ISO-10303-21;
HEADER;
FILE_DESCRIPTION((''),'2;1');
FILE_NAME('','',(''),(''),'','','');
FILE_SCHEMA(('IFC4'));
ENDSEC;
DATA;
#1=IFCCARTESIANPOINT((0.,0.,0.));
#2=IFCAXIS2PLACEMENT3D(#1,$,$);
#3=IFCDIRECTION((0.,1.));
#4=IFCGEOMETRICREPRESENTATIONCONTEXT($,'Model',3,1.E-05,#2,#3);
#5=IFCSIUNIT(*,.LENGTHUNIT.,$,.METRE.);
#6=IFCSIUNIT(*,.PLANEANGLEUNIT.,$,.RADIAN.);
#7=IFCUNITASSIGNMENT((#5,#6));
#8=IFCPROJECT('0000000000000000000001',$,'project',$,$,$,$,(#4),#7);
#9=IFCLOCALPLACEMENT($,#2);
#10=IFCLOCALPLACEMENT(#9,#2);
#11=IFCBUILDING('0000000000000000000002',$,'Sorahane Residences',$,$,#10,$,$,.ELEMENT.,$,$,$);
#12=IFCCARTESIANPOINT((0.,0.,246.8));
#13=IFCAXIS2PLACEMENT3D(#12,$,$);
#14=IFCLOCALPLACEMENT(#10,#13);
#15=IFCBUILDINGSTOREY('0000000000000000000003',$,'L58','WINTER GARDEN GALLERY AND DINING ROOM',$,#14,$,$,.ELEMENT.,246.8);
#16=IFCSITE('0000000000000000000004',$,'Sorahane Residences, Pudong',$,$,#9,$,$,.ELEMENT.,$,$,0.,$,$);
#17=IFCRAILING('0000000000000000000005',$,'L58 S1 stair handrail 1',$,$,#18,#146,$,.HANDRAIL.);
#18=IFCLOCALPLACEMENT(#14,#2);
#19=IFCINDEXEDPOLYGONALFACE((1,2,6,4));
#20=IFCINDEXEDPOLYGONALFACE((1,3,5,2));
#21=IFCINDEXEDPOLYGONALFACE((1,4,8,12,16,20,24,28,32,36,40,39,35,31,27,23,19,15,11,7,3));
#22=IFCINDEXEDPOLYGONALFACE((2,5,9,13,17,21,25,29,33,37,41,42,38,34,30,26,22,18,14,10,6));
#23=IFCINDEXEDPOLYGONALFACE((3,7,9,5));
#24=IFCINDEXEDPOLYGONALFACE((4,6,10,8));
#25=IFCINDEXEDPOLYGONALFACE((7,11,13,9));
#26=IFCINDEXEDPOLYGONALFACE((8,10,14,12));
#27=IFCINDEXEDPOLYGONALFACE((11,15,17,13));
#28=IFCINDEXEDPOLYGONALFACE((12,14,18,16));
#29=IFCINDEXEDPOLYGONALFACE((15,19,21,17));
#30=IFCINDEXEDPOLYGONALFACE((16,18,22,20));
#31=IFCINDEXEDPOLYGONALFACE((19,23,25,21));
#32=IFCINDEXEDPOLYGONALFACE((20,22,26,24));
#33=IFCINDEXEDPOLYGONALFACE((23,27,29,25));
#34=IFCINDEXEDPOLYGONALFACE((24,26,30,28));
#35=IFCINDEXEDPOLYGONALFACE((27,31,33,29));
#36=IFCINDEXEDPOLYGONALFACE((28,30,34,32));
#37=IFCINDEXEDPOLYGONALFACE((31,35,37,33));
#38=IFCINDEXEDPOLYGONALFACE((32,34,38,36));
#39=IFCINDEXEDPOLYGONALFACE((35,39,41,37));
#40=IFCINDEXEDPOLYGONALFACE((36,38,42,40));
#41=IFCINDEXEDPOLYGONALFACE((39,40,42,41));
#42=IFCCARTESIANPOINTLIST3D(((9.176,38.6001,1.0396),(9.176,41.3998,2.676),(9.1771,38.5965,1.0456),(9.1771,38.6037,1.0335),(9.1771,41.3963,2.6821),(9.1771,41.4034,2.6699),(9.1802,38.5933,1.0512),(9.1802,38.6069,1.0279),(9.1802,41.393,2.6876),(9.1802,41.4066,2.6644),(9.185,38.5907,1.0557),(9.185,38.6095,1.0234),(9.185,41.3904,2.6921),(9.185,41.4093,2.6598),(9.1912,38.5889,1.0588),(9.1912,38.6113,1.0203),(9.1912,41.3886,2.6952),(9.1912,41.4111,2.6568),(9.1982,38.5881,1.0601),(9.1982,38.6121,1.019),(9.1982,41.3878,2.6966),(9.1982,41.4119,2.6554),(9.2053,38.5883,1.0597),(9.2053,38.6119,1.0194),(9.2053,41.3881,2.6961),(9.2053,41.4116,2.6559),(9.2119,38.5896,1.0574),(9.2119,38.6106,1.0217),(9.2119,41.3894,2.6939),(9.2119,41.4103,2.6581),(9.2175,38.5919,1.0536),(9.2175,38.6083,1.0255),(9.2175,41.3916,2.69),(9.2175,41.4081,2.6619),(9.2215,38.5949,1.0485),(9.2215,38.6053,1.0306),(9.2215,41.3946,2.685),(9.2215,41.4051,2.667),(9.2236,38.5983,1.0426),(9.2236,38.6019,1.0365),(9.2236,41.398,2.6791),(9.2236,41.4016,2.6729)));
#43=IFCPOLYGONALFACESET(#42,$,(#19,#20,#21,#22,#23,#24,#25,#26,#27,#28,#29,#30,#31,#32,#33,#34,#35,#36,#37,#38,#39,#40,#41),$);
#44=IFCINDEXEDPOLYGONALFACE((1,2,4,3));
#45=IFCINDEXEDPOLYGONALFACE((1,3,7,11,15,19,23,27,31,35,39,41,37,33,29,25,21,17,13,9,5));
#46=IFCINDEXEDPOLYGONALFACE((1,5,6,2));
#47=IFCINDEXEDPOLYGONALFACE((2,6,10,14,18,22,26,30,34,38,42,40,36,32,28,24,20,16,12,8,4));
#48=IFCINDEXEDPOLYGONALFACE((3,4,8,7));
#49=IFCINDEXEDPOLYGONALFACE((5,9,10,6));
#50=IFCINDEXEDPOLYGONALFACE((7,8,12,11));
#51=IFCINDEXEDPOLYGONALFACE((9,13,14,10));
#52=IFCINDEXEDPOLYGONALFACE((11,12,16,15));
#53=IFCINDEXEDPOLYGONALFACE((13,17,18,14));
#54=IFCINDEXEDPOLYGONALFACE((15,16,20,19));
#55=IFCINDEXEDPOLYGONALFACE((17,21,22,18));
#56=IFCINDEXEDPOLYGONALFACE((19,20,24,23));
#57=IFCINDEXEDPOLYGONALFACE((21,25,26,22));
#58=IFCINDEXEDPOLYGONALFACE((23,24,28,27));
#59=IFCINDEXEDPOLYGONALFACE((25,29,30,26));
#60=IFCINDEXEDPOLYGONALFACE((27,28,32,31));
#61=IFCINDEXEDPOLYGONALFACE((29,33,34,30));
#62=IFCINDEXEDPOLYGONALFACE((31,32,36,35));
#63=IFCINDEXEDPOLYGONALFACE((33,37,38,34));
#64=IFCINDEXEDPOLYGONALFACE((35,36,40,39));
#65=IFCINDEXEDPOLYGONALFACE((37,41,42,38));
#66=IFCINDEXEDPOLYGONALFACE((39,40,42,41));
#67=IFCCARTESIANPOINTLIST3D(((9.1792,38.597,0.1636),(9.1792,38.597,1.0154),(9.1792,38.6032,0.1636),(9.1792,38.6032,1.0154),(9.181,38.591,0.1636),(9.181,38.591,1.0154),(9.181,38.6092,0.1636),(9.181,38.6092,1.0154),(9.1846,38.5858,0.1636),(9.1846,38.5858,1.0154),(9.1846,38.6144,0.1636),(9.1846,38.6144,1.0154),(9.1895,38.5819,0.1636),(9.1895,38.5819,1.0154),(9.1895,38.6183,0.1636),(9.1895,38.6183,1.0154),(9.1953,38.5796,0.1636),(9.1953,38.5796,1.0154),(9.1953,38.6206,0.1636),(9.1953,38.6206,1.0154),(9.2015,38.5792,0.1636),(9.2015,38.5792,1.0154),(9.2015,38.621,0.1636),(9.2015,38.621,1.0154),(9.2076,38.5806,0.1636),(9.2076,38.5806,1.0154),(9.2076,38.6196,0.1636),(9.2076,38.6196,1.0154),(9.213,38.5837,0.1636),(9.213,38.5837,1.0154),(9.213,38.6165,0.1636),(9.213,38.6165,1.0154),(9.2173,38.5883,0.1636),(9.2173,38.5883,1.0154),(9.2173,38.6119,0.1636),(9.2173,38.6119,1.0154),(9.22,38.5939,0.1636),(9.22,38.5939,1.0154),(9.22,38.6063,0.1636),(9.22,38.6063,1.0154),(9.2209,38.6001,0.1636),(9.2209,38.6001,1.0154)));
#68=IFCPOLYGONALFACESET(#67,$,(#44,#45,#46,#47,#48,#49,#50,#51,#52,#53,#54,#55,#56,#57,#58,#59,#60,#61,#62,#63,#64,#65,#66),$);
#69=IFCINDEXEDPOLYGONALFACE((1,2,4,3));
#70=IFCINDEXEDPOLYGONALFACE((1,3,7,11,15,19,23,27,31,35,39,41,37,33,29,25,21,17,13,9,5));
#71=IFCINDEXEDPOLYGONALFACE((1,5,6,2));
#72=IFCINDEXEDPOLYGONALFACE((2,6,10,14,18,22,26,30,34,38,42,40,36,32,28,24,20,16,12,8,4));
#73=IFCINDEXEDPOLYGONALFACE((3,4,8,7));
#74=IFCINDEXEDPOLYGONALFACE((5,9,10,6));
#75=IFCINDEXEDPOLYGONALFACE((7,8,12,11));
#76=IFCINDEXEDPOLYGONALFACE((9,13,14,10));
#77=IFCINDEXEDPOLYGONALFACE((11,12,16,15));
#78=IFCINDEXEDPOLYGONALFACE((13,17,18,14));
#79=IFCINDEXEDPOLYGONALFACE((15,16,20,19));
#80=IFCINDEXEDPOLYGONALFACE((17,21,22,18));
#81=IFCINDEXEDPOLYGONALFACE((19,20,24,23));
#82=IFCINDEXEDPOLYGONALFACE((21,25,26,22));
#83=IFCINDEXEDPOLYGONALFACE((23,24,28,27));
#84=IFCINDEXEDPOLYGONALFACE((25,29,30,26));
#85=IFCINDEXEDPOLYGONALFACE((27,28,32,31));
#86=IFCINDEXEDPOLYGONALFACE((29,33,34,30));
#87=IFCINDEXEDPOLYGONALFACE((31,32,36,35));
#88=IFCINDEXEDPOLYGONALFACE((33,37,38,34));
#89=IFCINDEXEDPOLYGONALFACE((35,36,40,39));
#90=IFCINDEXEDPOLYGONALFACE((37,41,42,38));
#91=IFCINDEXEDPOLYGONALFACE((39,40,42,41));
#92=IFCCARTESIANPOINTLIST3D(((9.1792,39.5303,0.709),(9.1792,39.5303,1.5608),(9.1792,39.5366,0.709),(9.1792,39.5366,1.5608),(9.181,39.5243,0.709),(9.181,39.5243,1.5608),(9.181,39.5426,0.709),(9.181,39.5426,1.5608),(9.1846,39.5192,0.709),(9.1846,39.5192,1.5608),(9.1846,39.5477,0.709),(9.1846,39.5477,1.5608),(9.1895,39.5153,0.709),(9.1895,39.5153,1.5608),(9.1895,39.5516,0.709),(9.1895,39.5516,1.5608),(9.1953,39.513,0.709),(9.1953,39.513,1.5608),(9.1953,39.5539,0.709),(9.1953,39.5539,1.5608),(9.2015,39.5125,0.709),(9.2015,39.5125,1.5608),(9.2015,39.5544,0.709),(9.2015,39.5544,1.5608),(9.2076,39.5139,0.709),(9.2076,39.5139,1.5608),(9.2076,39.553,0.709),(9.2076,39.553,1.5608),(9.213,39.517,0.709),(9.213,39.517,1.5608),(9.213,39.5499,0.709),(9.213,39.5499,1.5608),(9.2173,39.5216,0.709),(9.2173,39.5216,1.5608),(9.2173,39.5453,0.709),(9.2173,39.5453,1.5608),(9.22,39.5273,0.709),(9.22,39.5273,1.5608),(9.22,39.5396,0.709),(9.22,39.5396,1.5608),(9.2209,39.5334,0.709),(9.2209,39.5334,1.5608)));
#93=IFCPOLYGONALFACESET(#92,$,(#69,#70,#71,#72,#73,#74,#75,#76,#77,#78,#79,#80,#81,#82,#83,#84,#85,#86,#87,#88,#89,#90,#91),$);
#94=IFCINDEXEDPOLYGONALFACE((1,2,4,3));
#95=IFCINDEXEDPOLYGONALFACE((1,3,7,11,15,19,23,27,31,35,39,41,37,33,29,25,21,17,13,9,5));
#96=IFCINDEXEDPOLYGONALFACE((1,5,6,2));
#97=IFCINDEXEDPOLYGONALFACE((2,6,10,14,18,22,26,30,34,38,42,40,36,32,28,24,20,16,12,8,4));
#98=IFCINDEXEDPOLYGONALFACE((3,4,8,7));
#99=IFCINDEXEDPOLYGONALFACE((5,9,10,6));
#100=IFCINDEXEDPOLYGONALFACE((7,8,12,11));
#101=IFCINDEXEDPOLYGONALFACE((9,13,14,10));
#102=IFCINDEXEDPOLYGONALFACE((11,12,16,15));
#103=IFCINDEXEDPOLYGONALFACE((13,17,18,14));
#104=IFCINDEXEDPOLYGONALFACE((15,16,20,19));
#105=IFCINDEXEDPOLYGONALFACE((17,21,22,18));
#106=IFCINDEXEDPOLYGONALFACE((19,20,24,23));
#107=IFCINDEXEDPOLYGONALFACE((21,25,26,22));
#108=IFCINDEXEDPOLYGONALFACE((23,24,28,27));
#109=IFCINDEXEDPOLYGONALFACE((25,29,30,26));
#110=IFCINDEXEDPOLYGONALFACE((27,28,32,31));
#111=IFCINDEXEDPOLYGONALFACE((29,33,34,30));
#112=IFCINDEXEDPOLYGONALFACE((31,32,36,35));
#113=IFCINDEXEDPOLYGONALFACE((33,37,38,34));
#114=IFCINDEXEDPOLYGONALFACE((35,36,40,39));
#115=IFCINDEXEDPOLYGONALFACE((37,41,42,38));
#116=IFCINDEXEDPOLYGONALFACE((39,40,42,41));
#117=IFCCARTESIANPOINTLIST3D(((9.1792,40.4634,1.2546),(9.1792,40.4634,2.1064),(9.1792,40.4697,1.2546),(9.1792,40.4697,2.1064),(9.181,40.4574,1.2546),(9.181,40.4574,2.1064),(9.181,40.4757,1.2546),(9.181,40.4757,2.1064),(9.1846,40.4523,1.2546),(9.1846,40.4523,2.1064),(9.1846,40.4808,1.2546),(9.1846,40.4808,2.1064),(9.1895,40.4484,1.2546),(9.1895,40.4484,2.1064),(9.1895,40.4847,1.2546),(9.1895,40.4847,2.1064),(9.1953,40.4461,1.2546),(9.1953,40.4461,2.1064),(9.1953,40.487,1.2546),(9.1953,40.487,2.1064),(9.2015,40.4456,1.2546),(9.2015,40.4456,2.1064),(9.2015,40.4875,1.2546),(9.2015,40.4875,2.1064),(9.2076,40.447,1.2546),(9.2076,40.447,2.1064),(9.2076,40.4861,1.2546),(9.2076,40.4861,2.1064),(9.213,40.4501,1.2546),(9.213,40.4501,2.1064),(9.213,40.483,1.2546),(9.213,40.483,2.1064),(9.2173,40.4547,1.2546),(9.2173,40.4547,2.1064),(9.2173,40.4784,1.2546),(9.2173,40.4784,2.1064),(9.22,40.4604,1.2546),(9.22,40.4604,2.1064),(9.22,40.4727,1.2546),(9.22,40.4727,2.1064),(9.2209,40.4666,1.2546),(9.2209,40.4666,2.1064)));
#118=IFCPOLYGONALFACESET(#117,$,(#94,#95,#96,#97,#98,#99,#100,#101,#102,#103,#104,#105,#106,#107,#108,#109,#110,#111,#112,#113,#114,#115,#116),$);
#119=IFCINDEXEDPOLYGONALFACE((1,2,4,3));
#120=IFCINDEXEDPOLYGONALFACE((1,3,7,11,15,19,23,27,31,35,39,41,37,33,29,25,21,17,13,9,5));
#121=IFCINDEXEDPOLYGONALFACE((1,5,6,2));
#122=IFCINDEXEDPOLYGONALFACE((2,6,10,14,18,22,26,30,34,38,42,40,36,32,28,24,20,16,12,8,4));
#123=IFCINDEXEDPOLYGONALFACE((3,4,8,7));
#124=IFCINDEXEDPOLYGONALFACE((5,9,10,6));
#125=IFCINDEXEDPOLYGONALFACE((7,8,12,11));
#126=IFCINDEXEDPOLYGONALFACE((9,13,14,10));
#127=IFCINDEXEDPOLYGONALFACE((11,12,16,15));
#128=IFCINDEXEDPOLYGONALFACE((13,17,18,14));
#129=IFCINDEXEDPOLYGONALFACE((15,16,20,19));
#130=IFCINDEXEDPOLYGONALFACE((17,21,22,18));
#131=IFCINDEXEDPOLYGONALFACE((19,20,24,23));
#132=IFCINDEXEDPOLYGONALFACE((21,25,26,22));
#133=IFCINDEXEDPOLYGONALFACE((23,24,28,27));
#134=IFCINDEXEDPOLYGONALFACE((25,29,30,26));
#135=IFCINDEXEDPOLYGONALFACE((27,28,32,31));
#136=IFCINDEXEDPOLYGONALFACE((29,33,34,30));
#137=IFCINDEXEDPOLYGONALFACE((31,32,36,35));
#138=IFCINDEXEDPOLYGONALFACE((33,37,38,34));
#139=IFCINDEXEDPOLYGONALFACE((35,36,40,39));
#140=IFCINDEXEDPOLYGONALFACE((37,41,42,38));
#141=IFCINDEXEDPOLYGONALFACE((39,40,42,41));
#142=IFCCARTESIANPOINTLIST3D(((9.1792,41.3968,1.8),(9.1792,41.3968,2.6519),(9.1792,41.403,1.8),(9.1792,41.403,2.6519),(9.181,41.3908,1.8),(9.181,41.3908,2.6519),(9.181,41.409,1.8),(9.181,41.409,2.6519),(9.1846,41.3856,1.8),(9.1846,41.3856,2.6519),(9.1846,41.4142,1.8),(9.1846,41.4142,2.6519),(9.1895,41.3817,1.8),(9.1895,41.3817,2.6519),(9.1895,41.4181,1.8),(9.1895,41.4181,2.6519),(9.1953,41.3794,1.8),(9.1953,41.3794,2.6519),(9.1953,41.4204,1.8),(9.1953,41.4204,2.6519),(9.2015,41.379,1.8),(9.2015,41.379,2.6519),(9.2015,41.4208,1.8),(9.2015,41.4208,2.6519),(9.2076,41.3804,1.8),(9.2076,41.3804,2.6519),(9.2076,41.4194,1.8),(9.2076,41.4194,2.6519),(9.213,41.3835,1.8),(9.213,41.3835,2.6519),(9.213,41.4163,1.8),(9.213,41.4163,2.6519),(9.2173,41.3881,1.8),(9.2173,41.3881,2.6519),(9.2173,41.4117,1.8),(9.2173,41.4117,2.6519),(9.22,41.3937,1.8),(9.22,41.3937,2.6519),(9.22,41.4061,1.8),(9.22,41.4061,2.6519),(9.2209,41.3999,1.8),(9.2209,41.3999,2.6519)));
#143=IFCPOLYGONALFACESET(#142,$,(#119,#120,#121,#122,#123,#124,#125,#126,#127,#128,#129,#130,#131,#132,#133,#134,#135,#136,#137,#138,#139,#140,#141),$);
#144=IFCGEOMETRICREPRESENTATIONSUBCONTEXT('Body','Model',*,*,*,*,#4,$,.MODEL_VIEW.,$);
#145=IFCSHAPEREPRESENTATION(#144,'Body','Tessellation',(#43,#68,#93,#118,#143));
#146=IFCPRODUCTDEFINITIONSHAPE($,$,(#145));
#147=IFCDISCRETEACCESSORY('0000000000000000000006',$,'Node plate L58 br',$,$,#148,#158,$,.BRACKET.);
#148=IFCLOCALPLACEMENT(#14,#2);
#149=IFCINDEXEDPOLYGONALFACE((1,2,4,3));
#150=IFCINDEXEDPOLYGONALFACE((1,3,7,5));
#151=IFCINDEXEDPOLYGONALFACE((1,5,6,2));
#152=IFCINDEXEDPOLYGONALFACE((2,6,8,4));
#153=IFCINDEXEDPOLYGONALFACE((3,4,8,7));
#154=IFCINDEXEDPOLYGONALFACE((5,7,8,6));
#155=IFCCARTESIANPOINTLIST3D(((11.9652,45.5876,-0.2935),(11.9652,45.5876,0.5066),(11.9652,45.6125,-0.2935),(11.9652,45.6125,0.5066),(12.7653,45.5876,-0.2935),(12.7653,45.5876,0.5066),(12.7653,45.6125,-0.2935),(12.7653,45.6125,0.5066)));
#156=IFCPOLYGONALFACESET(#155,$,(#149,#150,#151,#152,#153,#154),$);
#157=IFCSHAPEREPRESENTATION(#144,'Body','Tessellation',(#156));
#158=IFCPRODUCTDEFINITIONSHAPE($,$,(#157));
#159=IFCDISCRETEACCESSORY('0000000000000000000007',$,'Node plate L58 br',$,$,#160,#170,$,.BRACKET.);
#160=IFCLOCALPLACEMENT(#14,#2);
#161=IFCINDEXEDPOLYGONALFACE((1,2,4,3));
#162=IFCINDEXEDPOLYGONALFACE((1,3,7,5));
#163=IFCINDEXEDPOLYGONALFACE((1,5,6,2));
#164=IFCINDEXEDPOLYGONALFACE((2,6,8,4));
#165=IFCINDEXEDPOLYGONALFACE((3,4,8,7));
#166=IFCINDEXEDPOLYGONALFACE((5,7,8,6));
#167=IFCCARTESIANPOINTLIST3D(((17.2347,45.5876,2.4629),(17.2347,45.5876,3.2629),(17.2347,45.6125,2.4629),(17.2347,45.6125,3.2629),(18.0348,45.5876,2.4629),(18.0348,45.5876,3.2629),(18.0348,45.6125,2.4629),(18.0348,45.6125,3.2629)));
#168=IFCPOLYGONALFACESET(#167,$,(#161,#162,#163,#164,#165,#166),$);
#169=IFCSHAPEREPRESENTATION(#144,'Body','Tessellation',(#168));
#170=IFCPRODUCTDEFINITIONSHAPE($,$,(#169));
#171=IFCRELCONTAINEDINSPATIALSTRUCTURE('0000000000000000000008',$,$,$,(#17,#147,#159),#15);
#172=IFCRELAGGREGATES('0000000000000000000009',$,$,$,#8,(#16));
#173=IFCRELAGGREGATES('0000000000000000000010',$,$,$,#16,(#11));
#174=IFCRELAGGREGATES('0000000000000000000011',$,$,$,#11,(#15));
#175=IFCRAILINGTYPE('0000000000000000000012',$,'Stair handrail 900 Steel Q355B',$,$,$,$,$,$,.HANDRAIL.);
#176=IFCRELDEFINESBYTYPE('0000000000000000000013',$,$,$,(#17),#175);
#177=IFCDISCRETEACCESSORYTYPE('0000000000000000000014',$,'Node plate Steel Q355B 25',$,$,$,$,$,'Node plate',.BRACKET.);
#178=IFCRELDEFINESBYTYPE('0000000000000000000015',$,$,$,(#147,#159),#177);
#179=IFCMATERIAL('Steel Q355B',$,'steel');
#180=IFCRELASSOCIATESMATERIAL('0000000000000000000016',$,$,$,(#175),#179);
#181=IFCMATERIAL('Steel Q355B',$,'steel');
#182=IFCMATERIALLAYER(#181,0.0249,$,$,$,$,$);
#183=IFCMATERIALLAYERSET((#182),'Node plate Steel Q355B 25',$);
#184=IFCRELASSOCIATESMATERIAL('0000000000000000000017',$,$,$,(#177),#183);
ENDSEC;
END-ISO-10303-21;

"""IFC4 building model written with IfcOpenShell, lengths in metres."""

from ifc_helpers import new_model, si_unit, direction, frame, origin, origin_2d, place, context, subcontext, project, spatial, rectangle, circle, extrude, material, layer, layer_set, type_object, element, save


model = new_model("IFC4")

# Units and contexts
model_context = context("Model", 3, precision=1e-05, world=origin(), true_north=direction((0.0, 1.0)))
body_context = subcontext(model_context, "Body", "Model", "MODEL_VIEW")
ifc_project = project(units=[si_unit("LENGTHUNIT", "METRE"), si_unit("PLANEANGLEUNIT", "RADIAN")], contexts=[model_context])

# Site, building, storey
site_placement = place(None, origin())
site = spatial("IfcSite", under=ifc_project, at=site_placement, Name="Sorahane Residences, Pudong", CompositionType="ELEMENT", RefElevation=0.0)
building_placement = place(site_placement, origin())
building = spatial("IfcBuilding", under=site, at=building_placement, Name="Sorahane Residences", CompositionType="ELEMENT")
storey_placement = place(building_placement, frame((0.0, 0.0, 246.8)))
storey = spatial("IfcBuildingStorey", under=building, at=storey_placement, Name="L58", Description="WINTER GARDEN GALLERY AND DINING ROOM", CompositionType="ELEMENT", Elevation=246.8)

# Railing
ifc_material_1 = material(Name="Steel Q355B", Category="steel")
railing_type = type_object("IfcRailingType", Name="Stair handrail 900 Steel Q355B", PredefinedType="HANDRAIL", material=ifc_material_1)
railing_placement = place(storey_placement, frame((9.2, 38.6001, 0.1636)))
element("IfcRailing", 1, at=railing_placement, inside=storey, type_object=railing_type, Name="L58 S1 stair handrail 1", PredefinedType="HANDRAIL", context=body_context, shape_type="SweptSolid", body=[
    extrude(circle(Radius=0.0239, at=origin_2d()), frame((0.0, 0.0, 0.876), z_axis=(0.0, 0.863342, 0.50462), x_axis=(-1.0, 0.0, 0.0)), (0.0, 0.0, 1.0), 3.2429),
    extrude(circle(Radius=0.021, at=origin_2d()), origin(), (0.0, 0.0, 1.0), 0.8518),
    extrude(circle(Radius=0.021, at=origin_2d()), frame((0.0, 0.9333, 0.5454)), (0.0, 0.0, 1.0), 0.8518),
    extrude(circle(Radius=0.021, at=origin_2d()), frame((0.0, 1.8665, 1.0911)), (0.0, 0.0, 1.0), 0.8518),
    extrude(circle(Radius=0.021, at=origin_2d()), frame((0.0, 2.7998, 1.6365)), (0.0, 0.0, 1.0), 0.8518),
])

# Discrete accessories
ifc_material_2 = material(Name="Steel Q355B", Category="steel")
ifc_layer_1 = layer(ifc_material_2, 0.0249)
ifc_layer_set_1 = layer_set([ifc_layer_1], Name="Node plate Steel Q355B 25")
discrete_accessory_type = type_object("IfcDiscreteAccessoryType", Name="Node plate Steel Q355B 25", ElementType="Node plate", PredefinedType="BRACKET", material=ifc_layer_set_1)
for number, where, z_axis, x_axis, name in (
    (2, (12.3652, 45.6001, -0.2935), (0.0, 0.0, 1.0), (1.0, 0.0, 0.0), "Node plate L58 br"),
    (3, (17.6348, 45.6001, 2.4629), (0.0, 0.0, 1.0), (1.0, 0.0, 0.0), "Node plate L58 br"),
):
    element("IfcDiscreteAccessory", number, at=place(storey_placement, frame(where, z_axis=z_axis, x_axis=x_axis)), inside=storey, type_object=discrete_accessory_type, Name=name, PredefinedType="BRACKET", context=body_context, shape_type="SweptSolid", body=[
        extrude(rectangle(XDim=0.8, YDim=0.0249, at=origin_2d()), origin(), (0.0, 0.0, 1.0), 0.8),
    ])

save(model, "model.ifc")
